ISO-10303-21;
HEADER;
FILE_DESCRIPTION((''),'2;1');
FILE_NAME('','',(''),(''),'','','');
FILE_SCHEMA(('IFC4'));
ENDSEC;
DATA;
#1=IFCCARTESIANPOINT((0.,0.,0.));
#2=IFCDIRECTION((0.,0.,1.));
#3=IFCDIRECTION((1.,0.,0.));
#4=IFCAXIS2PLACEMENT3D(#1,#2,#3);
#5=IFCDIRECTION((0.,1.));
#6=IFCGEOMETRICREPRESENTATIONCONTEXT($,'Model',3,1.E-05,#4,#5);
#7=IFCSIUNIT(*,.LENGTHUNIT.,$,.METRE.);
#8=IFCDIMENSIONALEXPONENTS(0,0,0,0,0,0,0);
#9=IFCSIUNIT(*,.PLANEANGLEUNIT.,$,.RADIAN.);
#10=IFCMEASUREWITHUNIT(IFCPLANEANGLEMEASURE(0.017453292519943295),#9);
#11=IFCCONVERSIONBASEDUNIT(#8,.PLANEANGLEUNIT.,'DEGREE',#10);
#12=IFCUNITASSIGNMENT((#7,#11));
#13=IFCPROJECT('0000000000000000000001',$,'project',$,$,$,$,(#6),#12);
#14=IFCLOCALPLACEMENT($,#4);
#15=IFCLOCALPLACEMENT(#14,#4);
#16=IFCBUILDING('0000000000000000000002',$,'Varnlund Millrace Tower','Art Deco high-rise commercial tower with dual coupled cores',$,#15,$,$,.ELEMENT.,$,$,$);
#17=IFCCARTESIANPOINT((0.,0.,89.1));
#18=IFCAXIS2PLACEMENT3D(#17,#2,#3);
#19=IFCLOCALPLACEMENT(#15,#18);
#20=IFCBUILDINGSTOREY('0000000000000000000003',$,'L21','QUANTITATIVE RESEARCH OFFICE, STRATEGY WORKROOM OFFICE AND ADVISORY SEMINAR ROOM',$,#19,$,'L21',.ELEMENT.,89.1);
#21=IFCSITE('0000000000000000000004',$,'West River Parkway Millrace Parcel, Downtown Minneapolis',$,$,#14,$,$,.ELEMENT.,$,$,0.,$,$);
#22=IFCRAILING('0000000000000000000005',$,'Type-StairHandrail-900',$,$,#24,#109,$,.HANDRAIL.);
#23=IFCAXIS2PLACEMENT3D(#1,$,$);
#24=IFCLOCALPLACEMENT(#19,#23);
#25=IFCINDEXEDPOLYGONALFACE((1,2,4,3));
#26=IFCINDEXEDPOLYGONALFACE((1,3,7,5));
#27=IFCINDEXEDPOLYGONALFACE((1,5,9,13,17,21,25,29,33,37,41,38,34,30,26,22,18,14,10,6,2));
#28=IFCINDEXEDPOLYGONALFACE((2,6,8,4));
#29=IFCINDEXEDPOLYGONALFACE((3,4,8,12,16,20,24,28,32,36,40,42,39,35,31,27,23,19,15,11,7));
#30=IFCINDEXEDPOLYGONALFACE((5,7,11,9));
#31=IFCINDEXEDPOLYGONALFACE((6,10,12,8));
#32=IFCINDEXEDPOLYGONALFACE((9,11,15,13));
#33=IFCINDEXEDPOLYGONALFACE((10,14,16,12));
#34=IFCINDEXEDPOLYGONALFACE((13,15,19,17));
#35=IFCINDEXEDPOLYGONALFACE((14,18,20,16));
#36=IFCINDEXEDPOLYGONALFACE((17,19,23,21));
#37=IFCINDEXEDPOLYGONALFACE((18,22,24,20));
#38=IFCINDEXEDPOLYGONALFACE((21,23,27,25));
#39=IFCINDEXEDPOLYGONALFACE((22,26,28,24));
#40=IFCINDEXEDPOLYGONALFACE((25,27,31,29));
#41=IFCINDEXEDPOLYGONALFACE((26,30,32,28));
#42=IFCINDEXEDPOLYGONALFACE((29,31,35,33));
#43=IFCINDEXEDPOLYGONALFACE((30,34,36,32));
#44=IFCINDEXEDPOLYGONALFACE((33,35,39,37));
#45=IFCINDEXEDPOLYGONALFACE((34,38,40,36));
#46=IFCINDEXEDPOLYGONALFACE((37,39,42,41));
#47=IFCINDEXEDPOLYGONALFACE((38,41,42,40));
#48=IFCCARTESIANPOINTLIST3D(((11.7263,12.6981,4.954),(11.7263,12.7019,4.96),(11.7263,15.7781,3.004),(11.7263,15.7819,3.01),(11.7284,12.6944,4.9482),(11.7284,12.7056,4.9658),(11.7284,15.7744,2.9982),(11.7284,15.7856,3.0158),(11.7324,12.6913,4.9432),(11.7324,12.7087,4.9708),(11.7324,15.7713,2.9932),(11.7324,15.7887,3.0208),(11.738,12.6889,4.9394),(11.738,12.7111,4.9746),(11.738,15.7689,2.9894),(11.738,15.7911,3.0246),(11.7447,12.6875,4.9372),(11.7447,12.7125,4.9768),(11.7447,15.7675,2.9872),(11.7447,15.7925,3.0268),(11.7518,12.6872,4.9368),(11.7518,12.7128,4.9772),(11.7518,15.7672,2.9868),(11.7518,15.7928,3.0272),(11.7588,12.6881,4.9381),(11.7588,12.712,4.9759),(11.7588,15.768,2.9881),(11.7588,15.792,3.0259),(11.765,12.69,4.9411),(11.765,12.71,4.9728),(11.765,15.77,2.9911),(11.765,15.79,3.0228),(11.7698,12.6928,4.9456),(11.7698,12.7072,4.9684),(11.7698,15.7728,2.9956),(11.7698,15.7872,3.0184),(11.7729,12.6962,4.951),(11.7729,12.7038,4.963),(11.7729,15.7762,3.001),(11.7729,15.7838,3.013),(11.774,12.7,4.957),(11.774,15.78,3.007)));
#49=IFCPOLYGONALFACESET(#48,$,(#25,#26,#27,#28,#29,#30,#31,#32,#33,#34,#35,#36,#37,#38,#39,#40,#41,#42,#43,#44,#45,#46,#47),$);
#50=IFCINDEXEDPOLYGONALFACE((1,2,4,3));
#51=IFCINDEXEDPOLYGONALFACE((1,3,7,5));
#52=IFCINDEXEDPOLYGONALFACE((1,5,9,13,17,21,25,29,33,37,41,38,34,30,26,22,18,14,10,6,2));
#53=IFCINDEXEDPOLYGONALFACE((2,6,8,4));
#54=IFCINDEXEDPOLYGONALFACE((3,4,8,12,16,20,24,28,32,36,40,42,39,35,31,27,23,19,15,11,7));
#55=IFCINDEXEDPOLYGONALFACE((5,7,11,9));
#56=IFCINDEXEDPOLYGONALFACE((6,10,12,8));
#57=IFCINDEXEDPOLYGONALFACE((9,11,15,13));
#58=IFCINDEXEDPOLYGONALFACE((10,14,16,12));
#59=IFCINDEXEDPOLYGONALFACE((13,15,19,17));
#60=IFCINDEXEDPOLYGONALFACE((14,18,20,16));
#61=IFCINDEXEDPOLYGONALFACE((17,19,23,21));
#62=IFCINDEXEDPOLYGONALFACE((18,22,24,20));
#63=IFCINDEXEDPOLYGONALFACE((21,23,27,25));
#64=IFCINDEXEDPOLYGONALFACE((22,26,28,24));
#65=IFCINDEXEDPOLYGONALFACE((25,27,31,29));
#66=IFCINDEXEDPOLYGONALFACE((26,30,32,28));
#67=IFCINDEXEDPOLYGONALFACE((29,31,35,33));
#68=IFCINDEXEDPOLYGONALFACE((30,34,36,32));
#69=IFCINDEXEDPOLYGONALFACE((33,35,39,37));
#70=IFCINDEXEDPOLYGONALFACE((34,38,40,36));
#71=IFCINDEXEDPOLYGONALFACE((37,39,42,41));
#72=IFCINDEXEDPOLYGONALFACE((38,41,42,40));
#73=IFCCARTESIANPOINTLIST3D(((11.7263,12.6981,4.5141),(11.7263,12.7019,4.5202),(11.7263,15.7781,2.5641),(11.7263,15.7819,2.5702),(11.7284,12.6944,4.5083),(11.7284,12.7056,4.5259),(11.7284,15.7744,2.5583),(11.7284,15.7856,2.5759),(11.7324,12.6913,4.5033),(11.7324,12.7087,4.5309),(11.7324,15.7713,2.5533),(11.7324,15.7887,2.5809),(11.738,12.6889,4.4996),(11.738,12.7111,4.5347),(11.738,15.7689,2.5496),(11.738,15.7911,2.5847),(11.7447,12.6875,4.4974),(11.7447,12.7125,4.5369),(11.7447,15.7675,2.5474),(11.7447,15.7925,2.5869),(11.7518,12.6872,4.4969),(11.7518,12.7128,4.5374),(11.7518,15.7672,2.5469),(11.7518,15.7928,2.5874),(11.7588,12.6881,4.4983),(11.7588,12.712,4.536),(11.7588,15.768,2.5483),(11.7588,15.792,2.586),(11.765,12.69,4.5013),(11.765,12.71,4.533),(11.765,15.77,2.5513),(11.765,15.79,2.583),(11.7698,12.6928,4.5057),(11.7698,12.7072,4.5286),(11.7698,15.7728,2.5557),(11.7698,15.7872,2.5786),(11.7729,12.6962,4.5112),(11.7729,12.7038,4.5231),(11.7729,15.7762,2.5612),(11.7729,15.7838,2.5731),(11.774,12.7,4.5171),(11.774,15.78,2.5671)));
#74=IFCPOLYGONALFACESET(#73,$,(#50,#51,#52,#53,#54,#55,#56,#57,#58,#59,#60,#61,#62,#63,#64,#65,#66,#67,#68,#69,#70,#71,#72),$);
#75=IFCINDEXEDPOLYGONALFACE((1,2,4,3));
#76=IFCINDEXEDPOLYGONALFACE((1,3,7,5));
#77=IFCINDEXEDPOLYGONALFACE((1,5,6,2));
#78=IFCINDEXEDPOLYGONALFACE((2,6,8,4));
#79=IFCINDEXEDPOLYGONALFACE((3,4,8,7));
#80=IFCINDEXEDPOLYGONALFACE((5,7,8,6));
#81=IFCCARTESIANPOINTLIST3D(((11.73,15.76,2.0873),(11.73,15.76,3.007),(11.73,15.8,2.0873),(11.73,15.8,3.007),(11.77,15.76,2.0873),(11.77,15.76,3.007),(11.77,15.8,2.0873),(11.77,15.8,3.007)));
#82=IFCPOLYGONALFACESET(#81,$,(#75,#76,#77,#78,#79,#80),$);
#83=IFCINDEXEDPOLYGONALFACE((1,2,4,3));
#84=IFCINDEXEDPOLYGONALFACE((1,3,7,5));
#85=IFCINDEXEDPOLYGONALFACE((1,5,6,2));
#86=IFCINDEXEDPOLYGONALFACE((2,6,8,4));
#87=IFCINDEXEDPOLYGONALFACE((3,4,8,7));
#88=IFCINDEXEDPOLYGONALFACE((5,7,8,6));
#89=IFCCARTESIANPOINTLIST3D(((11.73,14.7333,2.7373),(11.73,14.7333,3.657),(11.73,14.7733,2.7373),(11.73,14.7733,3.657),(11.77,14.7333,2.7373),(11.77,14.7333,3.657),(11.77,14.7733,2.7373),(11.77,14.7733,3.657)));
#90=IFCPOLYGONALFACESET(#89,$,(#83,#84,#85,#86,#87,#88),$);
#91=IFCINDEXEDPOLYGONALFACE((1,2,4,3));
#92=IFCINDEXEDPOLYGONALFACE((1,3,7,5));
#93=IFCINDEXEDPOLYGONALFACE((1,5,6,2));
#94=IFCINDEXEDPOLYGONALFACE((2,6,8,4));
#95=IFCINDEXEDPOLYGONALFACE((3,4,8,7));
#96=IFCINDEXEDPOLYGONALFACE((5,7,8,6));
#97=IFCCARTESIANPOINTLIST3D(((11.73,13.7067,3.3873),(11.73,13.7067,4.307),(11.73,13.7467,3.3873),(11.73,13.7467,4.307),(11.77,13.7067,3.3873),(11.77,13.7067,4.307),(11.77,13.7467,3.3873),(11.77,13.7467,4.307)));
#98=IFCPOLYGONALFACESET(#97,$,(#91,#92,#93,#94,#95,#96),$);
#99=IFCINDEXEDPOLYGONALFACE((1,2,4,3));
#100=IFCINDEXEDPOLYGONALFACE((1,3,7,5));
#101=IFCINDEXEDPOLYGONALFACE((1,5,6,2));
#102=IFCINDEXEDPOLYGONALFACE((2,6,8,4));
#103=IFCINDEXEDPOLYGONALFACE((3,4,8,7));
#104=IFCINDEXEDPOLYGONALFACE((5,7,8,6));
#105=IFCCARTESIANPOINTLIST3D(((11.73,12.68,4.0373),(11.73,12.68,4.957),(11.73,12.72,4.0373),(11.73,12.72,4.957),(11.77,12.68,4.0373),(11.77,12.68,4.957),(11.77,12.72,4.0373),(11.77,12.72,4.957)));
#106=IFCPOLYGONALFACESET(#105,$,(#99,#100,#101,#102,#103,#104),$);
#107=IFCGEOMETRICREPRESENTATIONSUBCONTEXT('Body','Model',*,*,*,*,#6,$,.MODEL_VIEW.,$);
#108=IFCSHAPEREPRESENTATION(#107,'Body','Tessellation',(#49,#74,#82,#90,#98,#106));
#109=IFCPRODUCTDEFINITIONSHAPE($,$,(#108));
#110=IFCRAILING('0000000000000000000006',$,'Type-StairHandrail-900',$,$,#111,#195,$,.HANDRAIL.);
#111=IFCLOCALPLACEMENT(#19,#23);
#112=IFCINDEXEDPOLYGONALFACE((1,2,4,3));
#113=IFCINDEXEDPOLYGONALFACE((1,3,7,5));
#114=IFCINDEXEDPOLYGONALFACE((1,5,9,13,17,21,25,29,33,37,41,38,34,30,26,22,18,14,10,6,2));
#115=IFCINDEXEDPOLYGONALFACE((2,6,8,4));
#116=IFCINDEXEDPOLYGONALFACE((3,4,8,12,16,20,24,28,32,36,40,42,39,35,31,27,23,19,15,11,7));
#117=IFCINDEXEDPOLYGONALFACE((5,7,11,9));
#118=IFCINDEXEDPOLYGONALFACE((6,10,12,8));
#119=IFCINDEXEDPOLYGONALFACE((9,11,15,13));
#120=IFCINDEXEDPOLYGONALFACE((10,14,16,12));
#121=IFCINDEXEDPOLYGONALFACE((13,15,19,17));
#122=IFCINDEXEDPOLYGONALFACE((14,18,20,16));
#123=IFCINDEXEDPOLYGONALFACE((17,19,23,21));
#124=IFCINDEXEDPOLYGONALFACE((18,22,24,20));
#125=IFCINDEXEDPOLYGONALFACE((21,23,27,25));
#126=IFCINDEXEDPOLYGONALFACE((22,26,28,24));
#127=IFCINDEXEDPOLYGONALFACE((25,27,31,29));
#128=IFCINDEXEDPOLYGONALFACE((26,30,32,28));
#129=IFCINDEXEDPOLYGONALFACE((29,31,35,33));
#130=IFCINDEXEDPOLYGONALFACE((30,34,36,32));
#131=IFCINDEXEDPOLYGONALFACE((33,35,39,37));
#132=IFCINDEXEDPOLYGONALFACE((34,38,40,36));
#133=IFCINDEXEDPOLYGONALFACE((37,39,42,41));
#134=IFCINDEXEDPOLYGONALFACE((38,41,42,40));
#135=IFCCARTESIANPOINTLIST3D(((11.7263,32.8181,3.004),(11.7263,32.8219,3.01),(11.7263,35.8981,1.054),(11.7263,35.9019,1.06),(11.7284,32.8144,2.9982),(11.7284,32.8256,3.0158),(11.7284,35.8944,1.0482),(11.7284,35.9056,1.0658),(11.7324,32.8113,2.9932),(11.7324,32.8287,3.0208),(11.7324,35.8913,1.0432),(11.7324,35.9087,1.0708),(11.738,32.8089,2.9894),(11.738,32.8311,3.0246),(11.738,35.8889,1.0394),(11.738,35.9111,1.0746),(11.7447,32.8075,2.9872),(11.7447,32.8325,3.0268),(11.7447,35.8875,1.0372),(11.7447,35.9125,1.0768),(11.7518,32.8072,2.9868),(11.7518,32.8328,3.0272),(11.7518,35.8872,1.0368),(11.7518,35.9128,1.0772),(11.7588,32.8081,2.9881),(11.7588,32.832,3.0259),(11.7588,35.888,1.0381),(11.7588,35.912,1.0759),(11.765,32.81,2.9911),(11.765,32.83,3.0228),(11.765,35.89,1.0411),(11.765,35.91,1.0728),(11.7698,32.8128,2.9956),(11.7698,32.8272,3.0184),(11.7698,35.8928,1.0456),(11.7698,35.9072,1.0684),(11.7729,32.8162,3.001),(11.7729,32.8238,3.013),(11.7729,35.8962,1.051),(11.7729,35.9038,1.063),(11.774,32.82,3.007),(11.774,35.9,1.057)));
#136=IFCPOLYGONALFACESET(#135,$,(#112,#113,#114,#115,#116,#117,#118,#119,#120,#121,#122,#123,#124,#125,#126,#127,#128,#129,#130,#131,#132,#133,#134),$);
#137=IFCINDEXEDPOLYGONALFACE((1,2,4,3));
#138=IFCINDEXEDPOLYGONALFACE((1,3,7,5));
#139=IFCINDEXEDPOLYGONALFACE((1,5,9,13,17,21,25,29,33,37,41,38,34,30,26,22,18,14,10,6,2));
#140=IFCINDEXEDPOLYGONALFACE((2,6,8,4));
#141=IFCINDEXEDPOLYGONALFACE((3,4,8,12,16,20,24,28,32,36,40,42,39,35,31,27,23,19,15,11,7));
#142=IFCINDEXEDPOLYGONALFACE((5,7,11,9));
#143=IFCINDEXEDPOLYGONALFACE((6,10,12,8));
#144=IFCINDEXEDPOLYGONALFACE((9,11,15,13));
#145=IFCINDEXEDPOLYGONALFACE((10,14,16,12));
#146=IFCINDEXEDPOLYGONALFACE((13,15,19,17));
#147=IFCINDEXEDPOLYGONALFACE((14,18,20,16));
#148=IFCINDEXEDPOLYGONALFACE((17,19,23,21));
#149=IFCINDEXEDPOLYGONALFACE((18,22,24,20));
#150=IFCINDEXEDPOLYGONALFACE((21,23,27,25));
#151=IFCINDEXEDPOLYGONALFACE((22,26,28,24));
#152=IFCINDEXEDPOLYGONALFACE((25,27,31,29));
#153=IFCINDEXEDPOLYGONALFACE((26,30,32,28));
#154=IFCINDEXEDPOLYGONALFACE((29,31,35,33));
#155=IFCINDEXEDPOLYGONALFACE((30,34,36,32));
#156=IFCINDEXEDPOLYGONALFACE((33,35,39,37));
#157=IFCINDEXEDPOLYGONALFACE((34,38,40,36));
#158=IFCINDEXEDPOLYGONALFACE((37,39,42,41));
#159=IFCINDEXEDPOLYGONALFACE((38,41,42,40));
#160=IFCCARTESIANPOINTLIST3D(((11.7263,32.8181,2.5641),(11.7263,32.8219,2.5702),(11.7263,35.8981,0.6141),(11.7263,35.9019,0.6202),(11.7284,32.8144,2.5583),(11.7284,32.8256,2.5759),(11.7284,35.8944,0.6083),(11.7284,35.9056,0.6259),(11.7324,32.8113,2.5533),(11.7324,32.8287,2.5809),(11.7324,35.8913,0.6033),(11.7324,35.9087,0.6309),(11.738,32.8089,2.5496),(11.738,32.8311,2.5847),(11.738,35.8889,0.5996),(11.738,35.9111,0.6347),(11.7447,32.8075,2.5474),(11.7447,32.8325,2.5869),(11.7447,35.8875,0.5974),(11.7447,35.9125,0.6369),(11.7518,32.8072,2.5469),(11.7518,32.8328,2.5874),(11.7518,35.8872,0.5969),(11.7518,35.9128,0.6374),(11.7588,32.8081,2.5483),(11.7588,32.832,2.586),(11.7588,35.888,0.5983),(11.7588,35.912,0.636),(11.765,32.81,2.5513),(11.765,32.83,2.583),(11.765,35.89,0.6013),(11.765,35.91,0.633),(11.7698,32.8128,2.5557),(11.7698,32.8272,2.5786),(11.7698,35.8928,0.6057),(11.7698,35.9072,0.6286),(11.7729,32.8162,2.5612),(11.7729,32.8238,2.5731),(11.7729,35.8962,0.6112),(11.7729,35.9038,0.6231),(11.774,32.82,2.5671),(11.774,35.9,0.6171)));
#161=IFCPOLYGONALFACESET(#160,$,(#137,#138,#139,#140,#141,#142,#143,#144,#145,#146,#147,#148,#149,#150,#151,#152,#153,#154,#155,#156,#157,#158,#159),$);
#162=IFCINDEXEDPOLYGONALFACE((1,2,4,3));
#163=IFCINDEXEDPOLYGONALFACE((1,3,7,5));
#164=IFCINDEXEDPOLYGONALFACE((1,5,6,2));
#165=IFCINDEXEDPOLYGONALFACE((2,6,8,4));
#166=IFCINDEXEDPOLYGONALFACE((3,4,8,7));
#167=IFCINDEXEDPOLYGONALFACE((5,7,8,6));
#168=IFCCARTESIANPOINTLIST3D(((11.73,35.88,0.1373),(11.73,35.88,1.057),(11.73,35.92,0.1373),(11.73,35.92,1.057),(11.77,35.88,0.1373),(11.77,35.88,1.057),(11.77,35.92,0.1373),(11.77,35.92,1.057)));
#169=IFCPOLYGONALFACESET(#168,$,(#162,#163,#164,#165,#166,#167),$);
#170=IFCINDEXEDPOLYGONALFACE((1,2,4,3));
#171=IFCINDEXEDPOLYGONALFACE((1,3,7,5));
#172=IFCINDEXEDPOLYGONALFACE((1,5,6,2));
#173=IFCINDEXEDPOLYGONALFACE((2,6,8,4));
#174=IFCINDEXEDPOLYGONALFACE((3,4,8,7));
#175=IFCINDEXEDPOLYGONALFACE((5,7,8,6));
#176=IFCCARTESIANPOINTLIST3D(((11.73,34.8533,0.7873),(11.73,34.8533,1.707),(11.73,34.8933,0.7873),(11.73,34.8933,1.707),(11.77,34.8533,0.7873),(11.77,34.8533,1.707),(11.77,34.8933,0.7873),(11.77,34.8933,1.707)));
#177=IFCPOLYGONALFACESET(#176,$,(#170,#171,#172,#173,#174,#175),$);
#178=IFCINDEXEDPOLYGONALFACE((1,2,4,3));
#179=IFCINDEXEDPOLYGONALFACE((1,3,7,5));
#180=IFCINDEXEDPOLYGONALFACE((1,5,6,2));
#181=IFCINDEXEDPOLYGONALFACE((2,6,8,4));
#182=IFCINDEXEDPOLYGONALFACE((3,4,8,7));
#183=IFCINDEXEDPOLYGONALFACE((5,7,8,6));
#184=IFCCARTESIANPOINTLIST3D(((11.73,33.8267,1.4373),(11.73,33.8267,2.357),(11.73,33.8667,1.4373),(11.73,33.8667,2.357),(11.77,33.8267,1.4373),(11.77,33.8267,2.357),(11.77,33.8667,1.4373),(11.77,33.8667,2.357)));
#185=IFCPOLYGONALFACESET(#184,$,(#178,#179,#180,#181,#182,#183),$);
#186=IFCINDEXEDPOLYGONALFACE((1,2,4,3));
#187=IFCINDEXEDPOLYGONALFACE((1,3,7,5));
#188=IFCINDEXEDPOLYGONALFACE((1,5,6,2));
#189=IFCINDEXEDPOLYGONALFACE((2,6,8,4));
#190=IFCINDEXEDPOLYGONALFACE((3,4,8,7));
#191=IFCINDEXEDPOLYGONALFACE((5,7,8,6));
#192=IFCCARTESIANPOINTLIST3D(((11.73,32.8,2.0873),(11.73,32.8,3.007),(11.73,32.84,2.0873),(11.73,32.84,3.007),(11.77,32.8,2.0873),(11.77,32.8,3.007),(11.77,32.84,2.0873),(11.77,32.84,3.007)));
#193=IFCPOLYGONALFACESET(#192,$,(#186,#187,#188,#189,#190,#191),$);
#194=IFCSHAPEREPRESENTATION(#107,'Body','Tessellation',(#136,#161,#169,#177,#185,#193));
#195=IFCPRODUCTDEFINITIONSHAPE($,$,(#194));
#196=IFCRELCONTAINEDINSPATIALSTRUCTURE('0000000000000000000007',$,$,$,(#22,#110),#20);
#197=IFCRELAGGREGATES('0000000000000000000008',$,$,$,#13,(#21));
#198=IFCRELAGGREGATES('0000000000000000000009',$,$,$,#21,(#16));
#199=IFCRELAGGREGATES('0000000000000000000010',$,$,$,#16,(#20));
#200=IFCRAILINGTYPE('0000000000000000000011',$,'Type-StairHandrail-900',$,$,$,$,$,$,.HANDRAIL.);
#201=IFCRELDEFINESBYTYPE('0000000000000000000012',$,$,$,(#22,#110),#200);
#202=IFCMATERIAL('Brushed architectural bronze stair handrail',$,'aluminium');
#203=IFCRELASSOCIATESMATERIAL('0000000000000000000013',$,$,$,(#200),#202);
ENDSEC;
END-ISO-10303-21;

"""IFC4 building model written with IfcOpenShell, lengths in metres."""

from ifc_helpers import new_model, entity, si_unit, converted_unit, direction, frame, origin_with_axes, origin_2d_with_axis, place, context, subcontext, project, spatial, rectangle, circle, extrude, material, type_object, element, save


model = new_model("IFC4")

# Units and contexts
model_context = context("Model", 3, precision=1e-05, world=origin_with_axes(), true_north=direction((0.0, 1.0)))
body_context = subcontext(model_context, "Body", "Model", "MODEL_VIEW")
ifc_project = project(units=[si_unit("LENGTHUNIT", "METRE"), converted_unit("PLANEANGLEUNIT", "DEGREE", entity("IfcPlaneAngleMeasure", 0.017453292519943295), si_unit("PLANEANGLEUNIT", "RADIAN"), dimensions=[0, 0, 0, 0, 0, 0, 0])], contexts=[model_context])

# Site, building, storey
site_placement = place(None, origin_with_axes())
site = spatial("IfcSite", under=ifc_project, at=site_placement, Name="West River Parkway Millrace Parcel, Downtown Minneapolis", CompositionType="ELEMENT", RefElevation=0.0)
building_placement = place(site_placement, origin_with_axes())
building = spatial("IfcBuilding", under=site, at=building_placement, Name="Varnlund Millrace Tower", Description="Art Deco high-rise commercial tower with dual coupled cores", CompositionType="ELEMENT")
storey_placement = place(building_placement, frame((0.0, 0.0, 89.1), z_axis=(0.0, 0.0, 1.0), x_axis=(1.0, 0.0, 0.0)))
storey = spatial("IfcBuildingStorey", under=building, at=storey_placement, Name="L21", Description="QUANTITATIVE RESEARCH OFFICE, STRATEGY WORKROOM OFFICE AND ADVISORY SEMINAR ROOM", LongName="L21", CompositionType="ELEMENT", Elevation=89.1)

# Railings
ifc_material_1 = material(Name="Brushed architectural bronze stair handrail", Category="aluminium")
railing_type_1 = type_object("IfcRailingType", Name="Type-StairHandrail-900", PredefinedType="HANDRAIL", material=ifc_material_1)
railing_1_placement = place(storey_placement, frame((0.0, 0.0, -89.1), z_axis=(0.0, 0.0, 1.0), x_axis=(1.0, 0.0, 0.0)))
element("IfcRailing", 1, at=railing_1_placement, inside=storey, type_object=railing_type_1, Name="Type-StairHandrail-900", PredefinedType="HANDRAIL", context=body_context, shape_type="SweptSolid", body=[
    extrude(circle(Radius=0.024, at=origin_2d_with_axis()), frame((11.75, 15.78, 92.107), z_axis=(0.0, -0.844902, 0.534922), x_axis=(1.0, 0.0, 0.0)), (0.0, 0.0, 1.0), 3.6454),
    extrude(circle(Radius=0.024, at=origin_2d_with_axis()), frame((11.75, 15.78, 91.6671), z_axis=(0.0, -0.844902, 0.534922), x_axis=(1.0, 0.0, 0.0)), (0.0, 0.0, 1.0), 3.6454),
    extrude(rectangle(XDim=0.04, YDim=0.04, at=origin_2d_with_axis()), frame((11.75, 15.78, 91.1873), z_axis=(0.0, 0.0, 1.0), x_axis=(1.0, 0.0, 0.0)), (0.0, 0.0, 1.0), 0.9197),
    extrude(rectangle(XDim=0.04, YDim=0.04, at=origin_2d_with_axis()), frame((11.75, 14.7533, 91.8373), z_axis=(0.0, 0.0, 1.0), x_axis=(1.0, 0.0, 0.0)), (0.0, 0.0, 1.0), 0.9197),
    extrude(rectangle(XDim=0.04, YDim=0.04, at=origin_2d_with_axis()), frame((11.75, 13.7267, 92.4873), z_axis=(0.0, 0.0, 1.0), x_axis=(1.0, 0.0, 0.0)), (0.0, 0.0, 1.0), 0.9197),
    extrude(rectangle(XDim=0.04, YDim=0.04, at=origin_2d_with_axis()), frame((11.75, 12.7, 93.1373), z_axis=(0.0, 0.0, 1.0), x_axis=(1.0, 0.0, 0.0)), (0.0, 0.0, 1.0), 0.9197),
])
railing_2_placement = place(storey_placement, frame((0.0, 0.0, -89.1), z_axis=(0.0, 0.0, 1.0), x_axis=(1.0, 0.0, 0.0)))
element("IfcRailing", 2, at=railing_2_placement, inside=storey, type_object=railing_type_1, Name="Type-StairHandrail-900", PredefinedType="HANDRAIL", context=body_context, shape_type="SweptSolid", body=[
    extrude(circle(Radius=0.024, at=origin_2d_with_axis()), frame((11.75, 35.9, 90.157), z_axis=(0.0, -0.844902, 0.534922), x_axis=(1.0, 0.0, 0.0)), (0.0, 0.0, 1.0), 3.6454),
    extrude(circle(Radius=0.024, at=origin_2d_with_axis()), frame((11.75, 35.9, 89.7171), z_axis=(0.0, -0.844902, 0.534922), x_axis=(1.0, 0.0, 0.0)), (0.0, 0.0, 1.0), 3.6454),
    extrude(rectangle(XDim=0.04, YDim=0.04, at=origin_2d_with_axis()), frame((11.75, 35.9, 89.2373), z_axis=(0.0, 0.0, 1.0), x_axis=(1.0, 0.0, 0.0)), (0.0, 0.0, 1.0), 0.9197),
    extrude(rectangle(XDim=0.04, YDim=0.04, at=origin_2d_with_axis()), frame((11.75, 34.8733, 89.8873), z_axis=(0.0, 0.0, 1.0), x_axis=(1.0, 0.0, 0.0)), (0.0, 0.0, 1.0), 0.9197),
    extrude(rectangle(XDim=0.04, YDim=0.04, at=origin_2d_with_axis()), frame((11.75, 33.8467, 90.5373), z_axis=(0.0, 0.0, 1.0), x_axis=(1.0, 0.0, 0.0)), (0.0, 0.0, 1.0), 0.9197),
    extrude(rectangle(XDim=0.04, YDim=0.04, at=origin_2d_with_axis()), frame((11.75, 32.82, 91.1873), z_axis=(0.0, 0.0, 1.0), x_axis=(1.0, 0.0, 0.0)), (0.0, 0.0, 1.0), 0.9197),
])

save(model, "model.ifc")
